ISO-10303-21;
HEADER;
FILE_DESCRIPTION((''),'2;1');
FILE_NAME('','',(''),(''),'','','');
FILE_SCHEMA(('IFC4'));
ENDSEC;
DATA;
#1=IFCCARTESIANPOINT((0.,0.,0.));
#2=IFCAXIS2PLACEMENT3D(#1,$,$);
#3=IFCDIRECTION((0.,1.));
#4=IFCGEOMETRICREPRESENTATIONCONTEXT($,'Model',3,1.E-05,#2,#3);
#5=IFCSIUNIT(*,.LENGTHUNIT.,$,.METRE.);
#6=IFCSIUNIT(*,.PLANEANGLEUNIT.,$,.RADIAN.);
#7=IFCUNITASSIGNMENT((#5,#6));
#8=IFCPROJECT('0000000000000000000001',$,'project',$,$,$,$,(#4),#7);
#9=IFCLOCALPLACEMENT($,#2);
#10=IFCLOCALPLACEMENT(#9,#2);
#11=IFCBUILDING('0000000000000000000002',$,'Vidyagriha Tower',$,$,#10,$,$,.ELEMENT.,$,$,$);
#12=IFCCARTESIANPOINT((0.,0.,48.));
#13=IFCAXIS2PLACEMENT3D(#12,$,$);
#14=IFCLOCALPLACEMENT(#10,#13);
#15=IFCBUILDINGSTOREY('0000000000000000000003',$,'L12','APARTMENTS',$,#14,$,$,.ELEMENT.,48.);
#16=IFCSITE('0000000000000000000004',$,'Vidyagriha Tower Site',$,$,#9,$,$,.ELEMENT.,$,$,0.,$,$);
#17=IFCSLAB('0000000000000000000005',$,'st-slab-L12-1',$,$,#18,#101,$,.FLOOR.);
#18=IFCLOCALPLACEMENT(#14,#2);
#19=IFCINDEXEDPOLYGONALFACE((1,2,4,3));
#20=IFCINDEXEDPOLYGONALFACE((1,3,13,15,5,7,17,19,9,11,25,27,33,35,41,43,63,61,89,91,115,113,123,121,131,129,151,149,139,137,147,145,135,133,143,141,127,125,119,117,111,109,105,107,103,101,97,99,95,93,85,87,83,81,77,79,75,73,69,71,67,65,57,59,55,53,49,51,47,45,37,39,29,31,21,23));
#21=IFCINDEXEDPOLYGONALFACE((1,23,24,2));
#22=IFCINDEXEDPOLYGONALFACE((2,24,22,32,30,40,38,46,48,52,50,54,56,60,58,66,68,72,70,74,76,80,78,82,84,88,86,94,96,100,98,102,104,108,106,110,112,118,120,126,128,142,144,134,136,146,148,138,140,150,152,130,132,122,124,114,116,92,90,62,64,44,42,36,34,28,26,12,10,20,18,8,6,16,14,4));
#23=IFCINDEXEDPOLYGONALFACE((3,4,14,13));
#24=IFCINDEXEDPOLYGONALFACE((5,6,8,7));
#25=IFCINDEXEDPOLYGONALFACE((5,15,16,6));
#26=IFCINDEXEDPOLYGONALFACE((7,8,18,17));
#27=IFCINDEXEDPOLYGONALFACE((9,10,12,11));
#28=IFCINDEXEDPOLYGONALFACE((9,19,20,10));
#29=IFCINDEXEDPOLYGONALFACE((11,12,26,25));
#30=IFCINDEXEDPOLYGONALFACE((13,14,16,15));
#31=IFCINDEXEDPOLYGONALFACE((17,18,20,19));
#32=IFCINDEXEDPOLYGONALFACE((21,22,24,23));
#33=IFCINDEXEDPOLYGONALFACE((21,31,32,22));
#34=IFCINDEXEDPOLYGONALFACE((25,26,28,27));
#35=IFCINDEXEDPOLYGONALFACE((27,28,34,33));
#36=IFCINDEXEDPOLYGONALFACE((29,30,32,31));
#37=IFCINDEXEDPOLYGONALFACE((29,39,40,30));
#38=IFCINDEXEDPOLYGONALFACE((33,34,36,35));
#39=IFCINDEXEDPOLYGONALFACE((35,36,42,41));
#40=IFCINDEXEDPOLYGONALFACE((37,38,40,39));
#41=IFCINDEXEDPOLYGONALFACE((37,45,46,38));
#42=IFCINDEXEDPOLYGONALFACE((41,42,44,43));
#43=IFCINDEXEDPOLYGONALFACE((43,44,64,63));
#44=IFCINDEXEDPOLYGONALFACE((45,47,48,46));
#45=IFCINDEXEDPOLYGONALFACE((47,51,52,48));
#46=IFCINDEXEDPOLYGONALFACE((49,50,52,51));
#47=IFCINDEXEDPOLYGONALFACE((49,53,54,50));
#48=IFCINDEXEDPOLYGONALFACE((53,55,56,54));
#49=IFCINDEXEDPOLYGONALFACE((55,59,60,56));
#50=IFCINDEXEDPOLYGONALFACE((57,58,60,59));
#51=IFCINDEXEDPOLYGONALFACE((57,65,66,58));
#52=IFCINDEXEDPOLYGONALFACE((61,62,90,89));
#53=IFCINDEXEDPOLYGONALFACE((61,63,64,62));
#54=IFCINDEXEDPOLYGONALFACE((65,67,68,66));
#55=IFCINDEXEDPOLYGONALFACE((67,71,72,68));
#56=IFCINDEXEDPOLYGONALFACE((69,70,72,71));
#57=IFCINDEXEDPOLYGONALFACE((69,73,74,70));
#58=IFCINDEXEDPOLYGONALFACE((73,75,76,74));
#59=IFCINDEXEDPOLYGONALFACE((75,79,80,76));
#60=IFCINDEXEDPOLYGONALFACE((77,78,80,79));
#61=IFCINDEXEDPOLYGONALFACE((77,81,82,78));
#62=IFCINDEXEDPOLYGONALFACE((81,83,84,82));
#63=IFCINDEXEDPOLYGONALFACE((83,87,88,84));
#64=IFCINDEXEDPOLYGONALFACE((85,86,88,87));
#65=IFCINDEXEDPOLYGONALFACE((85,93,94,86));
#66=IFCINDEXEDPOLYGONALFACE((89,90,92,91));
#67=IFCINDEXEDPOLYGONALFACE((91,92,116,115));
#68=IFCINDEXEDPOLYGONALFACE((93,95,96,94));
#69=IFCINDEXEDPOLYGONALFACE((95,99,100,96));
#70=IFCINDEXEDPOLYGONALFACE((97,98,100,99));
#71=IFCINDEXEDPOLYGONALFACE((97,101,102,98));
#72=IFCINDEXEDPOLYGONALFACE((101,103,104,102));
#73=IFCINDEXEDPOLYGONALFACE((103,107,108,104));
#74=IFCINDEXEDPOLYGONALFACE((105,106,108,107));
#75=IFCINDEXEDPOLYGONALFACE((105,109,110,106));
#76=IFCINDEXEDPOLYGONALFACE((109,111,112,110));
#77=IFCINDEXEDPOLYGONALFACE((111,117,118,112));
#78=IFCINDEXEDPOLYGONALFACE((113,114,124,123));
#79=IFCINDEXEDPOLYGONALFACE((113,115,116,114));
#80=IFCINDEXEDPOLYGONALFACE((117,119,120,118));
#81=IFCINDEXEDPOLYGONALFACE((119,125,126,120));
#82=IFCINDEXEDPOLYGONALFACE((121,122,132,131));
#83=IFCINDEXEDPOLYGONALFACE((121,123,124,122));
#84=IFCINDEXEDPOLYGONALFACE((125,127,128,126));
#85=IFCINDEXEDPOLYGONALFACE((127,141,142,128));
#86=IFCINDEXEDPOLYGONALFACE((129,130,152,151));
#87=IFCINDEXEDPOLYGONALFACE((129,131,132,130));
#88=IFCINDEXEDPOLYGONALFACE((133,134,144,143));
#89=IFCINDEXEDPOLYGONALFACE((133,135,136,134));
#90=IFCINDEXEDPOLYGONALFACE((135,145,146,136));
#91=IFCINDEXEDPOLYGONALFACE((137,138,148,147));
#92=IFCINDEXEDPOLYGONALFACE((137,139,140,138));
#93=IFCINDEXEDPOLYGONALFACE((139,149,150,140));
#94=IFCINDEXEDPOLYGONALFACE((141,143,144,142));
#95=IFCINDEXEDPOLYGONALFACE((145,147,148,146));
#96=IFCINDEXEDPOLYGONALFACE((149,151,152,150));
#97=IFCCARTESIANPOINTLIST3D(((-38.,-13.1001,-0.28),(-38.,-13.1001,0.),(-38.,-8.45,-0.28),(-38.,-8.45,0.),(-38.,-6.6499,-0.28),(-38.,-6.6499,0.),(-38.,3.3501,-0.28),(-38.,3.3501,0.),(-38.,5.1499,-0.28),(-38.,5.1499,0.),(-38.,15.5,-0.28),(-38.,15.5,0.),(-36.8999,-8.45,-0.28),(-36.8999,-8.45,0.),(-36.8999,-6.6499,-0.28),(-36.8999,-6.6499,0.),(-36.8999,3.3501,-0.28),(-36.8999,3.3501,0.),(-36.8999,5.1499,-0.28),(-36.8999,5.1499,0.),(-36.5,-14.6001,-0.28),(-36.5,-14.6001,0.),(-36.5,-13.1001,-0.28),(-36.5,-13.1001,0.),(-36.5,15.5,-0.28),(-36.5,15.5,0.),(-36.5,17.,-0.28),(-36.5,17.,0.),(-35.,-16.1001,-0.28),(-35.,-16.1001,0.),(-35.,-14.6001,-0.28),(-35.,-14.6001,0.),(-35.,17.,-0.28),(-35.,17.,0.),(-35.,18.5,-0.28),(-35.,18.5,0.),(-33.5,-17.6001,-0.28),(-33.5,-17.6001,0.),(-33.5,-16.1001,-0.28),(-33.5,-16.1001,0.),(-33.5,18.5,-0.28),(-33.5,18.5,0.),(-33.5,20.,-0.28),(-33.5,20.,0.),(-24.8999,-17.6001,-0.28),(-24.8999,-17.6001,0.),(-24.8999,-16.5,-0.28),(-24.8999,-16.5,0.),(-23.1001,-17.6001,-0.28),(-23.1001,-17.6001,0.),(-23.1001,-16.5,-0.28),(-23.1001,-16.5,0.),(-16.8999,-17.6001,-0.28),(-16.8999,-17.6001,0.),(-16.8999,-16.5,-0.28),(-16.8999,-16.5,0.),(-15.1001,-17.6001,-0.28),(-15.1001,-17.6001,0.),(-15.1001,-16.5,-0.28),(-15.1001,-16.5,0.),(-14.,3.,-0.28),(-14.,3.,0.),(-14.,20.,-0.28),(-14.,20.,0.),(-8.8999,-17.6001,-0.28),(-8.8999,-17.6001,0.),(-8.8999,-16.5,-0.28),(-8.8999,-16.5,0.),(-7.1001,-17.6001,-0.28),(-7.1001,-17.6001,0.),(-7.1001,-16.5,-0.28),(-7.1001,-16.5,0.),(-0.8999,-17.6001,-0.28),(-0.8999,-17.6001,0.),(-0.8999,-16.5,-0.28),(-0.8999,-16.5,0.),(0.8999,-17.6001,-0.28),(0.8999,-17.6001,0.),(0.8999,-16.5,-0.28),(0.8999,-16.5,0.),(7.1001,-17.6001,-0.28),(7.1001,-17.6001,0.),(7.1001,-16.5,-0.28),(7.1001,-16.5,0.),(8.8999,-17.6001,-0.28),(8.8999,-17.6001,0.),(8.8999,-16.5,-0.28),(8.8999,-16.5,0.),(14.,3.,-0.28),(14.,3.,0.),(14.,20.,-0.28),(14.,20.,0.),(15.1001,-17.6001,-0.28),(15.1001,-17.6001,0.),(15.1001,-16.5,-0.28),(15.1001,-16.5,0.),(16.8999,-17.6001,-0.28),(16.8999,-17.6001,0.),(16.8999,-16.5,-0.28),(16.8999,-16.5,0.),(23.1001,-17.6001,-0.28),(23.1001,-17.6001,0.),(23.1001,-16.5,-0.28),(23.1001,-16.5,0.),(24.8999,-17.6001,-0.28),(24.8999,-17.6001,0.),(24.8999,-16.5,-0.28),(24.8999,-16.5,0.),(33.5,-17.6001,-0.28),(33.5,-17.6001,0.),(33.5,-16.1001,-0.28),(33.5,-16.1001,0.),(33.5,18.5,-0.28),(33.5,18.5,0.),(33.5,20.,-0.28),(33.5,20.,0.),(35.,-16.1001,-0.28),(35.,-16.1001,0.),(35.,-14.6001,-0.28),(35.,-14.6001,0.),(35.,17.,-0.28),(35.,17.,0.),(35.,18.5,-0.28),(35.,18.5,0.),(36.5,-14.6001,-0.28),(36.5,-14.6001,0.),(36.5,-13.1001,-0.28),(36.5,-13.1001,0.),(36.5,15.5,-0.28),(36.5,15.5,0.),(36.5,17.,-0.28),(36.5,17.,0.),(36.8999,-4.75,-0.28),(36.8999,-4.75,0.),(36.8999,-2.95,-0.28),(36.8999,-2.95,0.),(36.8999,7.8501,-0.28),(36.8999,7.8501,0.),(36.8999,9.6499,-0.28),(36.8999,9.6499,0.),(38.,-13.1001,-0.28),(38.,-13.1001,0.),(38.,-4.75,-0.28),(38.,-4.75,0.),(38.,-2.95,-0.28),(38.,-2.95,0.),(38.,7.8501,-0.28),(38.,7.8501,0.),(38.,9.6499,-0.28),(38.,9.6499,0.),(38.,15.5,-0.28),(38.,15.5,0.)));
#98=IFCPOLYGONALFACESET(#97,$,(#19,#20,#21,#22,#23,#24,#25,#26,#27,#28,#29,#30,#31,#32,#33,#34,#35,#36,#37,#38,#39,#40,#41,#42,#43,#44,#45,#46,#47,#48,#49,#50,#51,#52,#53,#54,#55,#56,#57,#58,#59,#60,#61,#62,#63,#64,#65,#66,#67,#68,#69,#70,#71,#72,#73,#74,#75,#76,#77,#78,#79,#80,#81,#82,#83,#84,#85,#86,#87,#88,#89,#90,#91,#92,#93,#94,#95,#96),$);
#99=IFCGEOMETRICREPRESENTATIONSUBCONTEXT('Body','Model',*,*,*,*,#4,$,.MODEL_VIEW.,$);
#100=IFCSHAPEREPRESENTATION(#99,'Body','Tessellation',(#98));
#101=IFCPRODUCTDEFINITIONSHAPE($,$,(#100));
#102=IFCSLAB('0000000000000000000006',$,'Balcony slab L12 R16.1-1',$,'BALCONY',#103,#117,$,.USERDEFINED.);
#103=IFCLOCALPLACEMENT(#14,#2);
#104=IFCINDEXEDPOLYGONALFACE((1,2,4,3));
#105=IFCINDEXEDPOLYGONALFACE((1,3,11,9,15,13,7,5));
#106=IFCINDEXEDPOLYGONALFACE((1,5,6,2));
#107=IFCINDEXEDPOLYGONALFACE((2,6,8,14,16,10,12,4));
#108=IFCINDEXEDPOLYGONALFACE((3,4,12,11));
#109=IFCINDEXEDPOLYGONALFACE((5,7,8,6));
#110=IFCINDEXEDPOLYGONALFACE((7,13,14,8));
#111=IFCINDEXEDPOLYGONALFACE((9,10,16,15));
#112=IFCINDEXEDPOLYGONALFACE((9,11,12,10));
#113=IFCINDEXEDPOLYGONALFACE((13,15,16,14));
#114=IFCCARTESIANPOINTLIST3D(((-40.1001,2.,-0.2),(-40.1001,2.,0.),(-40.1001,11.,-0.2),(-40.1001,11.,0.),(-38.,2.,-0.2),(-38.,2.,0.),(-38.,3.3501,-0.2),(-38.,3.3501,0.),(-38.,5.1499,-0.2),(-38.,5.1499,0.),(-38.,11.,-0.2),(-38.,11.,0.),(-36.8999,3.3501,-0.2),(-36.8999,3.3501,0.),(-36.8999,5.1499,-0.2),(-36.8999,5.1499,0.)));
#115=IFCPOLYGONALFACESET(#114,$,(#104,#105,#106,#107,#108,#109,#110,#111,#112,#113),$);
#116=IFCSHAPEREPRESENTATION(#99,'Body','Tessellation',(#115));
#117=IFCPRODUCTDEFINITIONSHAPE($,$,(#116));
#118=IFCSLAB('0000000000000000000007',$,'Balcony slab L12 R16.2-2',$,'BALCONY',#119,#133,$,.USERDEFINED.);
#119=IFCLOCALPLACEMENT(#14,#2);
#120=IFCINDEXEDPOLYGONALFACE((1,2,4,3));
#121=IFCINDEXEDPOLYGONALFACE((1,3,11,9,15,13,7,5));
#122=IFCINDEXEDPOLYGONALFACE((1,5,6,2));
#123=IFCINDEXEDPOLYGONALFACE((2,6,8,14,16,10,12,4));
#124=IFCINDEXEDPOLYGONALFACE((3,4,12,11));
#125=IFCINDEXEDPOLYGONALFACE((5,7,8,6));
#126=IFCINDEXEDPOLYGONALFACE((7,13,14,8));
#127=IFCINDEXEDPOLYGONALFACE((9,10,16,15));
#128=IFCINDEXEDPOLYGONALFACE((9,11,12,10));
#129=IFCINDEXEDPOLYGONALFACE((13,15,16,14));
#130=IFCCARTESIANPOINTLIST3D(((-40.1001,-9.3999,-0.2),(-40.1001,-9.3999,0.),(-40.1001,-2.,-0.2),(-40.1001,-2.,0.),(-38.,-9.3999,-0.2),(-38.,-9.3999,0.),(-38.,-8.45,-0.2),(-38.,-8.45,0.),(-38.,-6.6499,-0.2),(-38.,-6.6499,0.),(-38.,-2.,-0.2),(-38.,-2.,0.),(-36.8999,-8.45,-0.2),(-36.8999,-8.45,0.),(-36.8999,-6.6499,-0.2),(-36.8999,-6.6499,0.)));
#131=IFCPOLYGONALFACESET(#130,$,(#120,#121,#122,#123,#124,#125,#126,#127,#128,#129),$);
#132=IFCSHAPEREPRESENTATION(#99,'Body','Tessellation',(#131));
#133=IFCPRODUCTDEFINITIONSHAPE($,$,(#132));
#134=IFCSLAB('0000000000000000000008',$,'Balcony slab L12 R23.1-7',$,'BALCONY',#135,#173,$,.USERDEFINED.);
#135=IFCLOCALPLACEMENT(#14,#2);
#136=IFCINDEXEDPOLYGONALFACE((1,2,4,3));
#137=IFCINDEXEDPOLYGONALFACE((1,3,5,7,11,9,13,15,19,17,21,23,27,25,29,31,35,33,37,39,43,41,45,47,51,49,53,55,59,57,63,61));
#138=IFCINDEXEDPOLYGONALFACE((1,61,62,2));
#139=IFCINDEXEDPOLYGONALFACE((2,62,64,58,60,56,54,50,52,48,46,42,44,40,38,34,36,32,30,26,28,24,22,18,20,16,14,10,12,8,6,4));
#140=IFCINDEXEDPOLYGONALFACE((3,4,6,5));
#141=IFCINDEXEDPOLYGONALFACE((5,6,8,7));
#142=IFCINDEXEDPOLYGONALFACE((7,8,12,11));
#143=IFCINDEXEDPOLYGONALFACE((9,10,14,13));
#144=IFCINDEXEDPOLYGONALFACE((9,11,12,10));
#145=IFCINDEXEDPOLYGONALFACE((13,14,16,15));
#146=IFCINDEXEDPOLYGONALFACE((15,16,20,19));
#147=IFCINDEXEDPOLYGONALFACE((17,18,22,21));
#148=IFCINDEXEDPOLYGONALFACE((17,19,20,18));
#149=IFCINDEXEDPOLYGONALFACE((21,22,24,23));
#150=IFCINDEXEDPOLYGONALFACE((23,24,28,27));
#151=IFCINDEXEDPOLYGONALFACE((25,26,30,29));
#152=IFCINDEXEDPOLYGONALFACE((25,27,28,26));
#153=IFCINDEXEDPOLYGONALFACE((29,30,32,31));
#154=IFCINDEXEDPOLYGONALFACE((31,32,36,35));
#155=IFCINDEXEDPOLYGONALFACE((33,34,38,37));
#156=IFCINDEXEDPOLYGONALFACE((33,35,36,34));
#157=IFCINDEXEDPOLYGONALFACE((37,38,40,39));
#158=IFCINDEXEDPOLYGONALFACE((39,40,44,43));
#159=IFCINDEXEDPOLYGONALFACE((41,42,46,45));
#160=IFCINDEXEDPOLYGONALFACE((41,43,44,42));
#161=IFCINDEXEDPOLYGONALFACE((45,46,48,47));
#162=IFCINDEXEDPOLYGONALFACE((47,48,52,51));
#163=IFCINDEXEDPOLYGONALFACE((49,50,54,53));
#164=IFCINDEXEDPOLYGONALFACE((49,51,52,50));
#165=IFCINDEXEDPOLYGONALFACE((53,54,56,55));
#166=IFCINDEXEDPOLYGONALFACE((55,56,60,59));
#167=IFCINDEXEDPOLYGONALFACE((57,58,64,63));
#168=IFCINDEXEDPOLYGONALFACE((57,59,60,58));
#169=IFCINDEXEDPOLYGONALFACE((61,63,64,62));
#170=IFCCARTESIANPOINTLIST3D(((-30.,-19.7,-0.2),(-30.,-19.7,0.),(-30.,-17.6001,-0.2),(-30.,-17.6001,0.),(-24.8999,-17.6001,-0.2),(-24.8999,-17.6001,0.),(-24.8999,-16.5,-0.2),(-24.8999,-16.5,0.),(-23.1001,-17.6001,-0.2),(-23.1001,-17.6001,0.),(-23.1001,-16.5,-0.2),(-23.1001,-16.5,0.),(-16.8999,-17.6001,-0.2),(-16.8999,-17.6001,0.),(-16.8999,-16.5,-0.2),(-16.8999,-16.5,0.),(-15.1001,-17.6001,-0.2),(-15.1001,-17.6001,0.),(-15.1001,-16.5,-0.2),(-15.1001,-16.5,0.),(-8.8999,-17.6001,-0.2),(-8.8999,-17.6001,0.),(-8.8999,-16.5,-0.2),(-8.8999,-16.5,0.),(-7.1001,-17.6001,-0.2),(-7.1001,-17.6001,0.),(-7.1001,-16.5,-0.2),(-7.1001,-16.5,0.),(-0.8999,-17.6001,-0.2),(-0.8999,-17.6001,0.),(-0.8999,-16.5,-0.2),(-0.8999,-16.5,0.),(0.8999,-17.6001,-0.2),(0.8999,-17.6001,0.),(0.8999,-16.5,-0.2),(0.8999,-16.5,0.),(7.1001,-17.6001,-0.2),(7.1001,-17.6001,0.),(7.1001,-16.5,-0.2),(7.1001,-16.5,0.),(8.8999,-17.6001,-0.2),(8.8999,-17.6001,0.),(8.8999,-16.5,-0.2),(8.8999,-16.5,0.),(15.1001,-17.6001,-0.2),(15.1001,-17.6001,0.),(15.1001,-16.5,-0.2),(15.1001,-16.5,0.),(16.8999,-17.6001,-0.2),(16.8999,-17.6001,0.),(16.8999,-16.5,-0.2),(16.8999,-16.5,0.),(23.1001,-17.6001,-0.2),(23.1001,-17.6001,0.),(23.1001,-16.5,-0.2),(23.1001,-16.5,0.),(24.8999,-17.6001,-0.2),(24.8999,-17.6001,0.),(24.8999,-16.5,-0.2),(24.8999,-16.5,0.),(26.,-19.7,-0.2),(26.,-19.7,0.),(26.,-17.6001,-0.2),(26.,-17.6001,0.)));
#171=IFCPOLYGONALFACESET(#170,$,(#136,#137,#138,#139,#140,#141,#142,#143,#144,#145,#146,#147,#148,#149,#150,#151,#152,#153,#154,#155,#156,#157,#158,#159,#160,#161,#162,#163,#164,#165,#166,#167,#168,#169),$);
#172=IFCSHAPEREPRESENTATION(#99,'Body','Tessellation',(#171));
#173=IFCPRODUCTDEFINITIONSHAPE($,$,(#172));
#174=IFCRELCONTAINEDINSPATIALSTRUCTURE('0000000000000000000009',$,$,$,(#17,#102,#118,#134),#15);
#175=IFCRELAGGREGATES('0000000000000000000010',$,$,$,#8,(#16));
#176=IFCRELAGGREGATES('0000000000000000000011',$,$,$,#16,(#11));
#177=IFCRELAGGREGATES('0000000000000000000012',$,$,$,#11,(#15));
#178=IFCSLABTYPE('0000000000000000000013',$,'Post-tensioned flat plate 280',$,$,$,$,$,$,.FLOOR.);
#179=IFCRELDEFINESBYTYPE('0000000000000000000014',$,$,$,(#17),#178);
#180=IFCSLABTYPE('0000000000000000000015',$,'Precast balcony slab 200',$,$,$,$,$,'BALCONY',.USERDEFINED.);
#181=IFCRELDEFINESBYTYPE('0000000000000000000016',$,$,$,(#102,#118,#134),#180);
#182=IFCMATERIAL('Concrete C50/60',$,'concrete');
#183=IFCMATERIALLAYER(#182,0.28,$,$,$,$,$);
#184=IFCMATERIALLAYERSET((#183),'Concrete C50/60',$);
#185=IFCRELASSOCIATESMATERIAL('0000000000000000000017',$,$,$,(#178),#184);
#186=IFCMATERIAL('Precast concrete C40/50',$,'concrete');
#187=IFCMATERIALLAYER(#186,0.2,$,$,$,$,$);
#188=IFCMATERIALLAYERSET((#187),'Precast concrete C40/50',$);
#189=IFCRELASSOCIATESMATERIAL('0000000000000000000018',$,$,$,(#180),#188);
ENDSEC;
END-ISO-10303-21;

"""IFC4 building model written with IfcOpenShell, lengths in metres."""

from ifc_helpers import new_model, si_unit, direction, frame, origin, place, context, subcontext, project, spatial, polyline, outline, extrude, material, layer, layer_set, type_object, element, save


model = new_model("IFC4")

# Units and contexts
model_context = context("Model", 3, precision=1e-05, world=origin(), true_north=direction((0.0, 1.0)))
body_context = subcontext(model_context, "Body", "Model", "MODEL_VIEW")
ifc_project = project(units=[si_unit("LENGTHUNIT", "METRE"), si_unit("PLANEANGLEUNIT", "RADIAN")], contexts=[model_context])

# Site, building, storey
site_placement = place(None, origin())
site = spatial("IfcSite", under=ifc_project, at=site_placement, Name="Vidyagriha Tower Site", CompositionType="ELEMENT", RefElevation=0.0)
building_placement = place(site_placement, origin())
building = spatial("IfcBuilding", under=site, at=building_placement, Name="Vidyagriha Tower", CompositionType="ELEMENT")
storey_placement = place(building_placement, frame((0.0, 0.0, 48.0)))
storey = spatial("IfcBuildingStorey", under=building, at=storey_placement, Name="L12", Description="APARTMENTS", CompositionType="ELEMENT", Elevation=48.0)

# Slabs
ifc_material_1 = material(Name="Concrete C50/60", Category="concrete")
ifc_layer_1 = layer(ifc_material_1, 0.28)
ifc_layer_set_1 = layer_set([ifc_layer_1], Name="Concrete C50/60")
slab_type_1 = type_object("IfcSlabType", Name="Post-tensioned flat plate 280", PredefinedType="FLOOR", material=ifc_layer_set_1)
slab_1_placement = place(storey_placement, frame((0.0, 0.0, -0.28)))
element("IfcSlab", 1, at=slab_1_placement, inside=storey, type_object=slab_type_1, Name="st-slab-L12-1", PredefinedType="FLOOR", context=body_context, shape_type="SweptSolid", body=[
    extrude(outline(polyline([(36.5, -14.6001), (35.0, -14.6001), (35.0, -16.1001), (33.5, -16.1001), (33.5, -17.6001), (24.8999, -17.6001), (24.8999, -16.5), (23.1001, -16.5), (23.1001, -17.6001), (16.8999, -17.6001), (16.8999, -16.5), (15.1001, -16.5), (15.1001, -17.6001), (8.8999, -17.6001), (8.8999, -16.5), (7.1001, -16.5), (7.1001, -17.6001), (0.8999, -17.6001), (0.8999, -16.5), (-0.8999, -16.5), (-0.8999, -17.6001), (-7.1001, -17.6001), (-7.1001, -16.5), (-8.8999, -16.5), (-8.8999, -17.6001), (-15.1001, -17.6001), (-15.1001, -16.5), (-16.8999, -16.5), (-16.8999, -17.6001), (-23.1001, -17.6001), (-23.1001, -16.5), (-24.8999, -16.5), (-24.8999, -17.6001), (-33.5, -17.6001), (-33.5, -16.1001), (-35.0, -16.1001), (-35.0, -14.6001), (-36.5, -14.6001), (-36.5, -13.1001), (-38.0, -13.1001), (-38.0, -8.45), (-36.8999, -8.45), (-36.8999, -6.6499), (-38.0, -6.6499), (-38.0, 3.3501), (-36.8999, 3.3501), (-36.8999, 5.1499), (-38.0, 5.1499), (-38.0, 15.5), (-36.5, 15.5), (-36.5, 17.0), (-35.0, 17.0), (-35.0, 18.5), (-33.5, 18.5), (-33.5, 20.0), (-14.0, 20.0), (-14.0, 3.0), (14.0, 3.0), (14.0, 20.0), (33.5, 20.0), (33.5, 18.5), (35.0, 18.5), (35.0, 17.0), (36.5, 17.0), (36.5, 15.5), (38.0, 15.5), (38.0, 9.6499), (36.8999, 9.6499), (36.8999, 7.8501), (38.0, 7.8501), (38.0, -2.95), (36.8999, -2.95), (36.8999, -4.75), (38.0, -4.75), (38.0, -13.1001), (36.5, -13.1001), (36.5, -14.6001)])), origin(), (0.0, 0.0, 1.0), 0.28),
])
ifc_material_2 = material(Name="Precast concrete C40/50", Category="concrete")
ifc_layer_2 = layer(ifc_material_2, 0.2)
ifc_layer_set_2 = layer_set([ifc_layer_2], Name="Precast concrete C40/50")
slab_type_2 = type_object("IfcSlabType", Name="Precast balcony slab 200", ElementType="BALCONY", PredefinedType="USERDEFINED", material=ifc_layer_set_2)
slab_2_placement = place(storey_placement, frame((0.0, 0.0, -0.2)))
element("IfcSlab", 2, at=slab_2_placement, inside=storey, type_object=slab_type_2, Name="Balcony slab L12 R16.1-1", ObjectType="BALCONY", PredefinedType="USERDEFINED", context=body_context, shape_type="SweptSolid", body=[
    extrude(outline(polyline([(-36.8999, 3.3501), (-36.8999, 5.1499), (-38.0, 5.1499), (-38.0, 11.0), (-40.1001, 11.0), (-40.1001, 2.0), (-38.0, 2.0), (-38.0, 3.3501), (-36.8999, 3.3501)])), origin(), (0.0, 0.0, 1.0), 0.2),
])
slab_3_placement = place(storey_placement, frame((0.0, 0.0, -0.2)))
element("IfcSlab", 3, at=slab_3_placement, inside=storey, type_object=slab_type_2, Name="Balcony slab L12 R16.2-2", ObjectType="BALCONY", PredefinedType="USERDEFINED", context=body_context, shape_type="SweptSolid", body=[
    extrude(outline(polyline([(-36.8999, -8.45), (-36.8999, -6.6499), (-38.0, -6.6499), (-38.0, -2.0), (-40.1001, -2.0), (-40.1001, -9.3999), (-38.0, -9.3999), (-38.0, -8.45), (-36.8999, -8.45)])), origin(), (0.0, 0.0, 1.0), 0.2),
])
slab_4_placement = place(storey_placement, frame((0.0, 0.0, -0.2)))
element("IfcSlab", 4, at=slab_4_placement, inside=storey, type_object=slab_type_2, Name="Balcony slab L12 R23.1-7", ObjectType="BALCONY", PredefinedType="USERDEFINED", context=body_context, shape_type="SweptSolid", body=[
    extrude(outline(polyline([(-23.1001, -16.5), (-24.8999, -16.5), (-24.8999, -17.6001), (-30.0, -17.6001), (-30.0, -19.7), (26.0, -19.7), (26.0, -17.6001), (24.8999, -17.6001), (24.8999, -16.5), (23.1001, -16.5), (23.1001, -17.6001), (16.8999, -17.6001), (16.8999, -16.5), (15.1001, -16.5), (15.1001, -17.6001), (8.8999, -17.6001), (8.8999, -16.5), (7.1001, -16.5), (7.1001, -17.6001), (0.8999, -17.6001), (0.8999, -16.5), (-0.8999, -16.5), (-0.8999, -17.6001), (-7.1001, -17.6001), (-7.1001, -16.5), (-8.8999, -16.5), (-8.8999, -17.6001), (-15.1001, -17.6001), (-15.1001, -16.5), (-16.8999, -16.5), (-16.8999, -17.6001), (-23.1001, -17.6001), (-23.1001, -16.5)])), origin(), (0.0, 0.0, 1.0), 0.2),
])

save(model, "model.ifc")
